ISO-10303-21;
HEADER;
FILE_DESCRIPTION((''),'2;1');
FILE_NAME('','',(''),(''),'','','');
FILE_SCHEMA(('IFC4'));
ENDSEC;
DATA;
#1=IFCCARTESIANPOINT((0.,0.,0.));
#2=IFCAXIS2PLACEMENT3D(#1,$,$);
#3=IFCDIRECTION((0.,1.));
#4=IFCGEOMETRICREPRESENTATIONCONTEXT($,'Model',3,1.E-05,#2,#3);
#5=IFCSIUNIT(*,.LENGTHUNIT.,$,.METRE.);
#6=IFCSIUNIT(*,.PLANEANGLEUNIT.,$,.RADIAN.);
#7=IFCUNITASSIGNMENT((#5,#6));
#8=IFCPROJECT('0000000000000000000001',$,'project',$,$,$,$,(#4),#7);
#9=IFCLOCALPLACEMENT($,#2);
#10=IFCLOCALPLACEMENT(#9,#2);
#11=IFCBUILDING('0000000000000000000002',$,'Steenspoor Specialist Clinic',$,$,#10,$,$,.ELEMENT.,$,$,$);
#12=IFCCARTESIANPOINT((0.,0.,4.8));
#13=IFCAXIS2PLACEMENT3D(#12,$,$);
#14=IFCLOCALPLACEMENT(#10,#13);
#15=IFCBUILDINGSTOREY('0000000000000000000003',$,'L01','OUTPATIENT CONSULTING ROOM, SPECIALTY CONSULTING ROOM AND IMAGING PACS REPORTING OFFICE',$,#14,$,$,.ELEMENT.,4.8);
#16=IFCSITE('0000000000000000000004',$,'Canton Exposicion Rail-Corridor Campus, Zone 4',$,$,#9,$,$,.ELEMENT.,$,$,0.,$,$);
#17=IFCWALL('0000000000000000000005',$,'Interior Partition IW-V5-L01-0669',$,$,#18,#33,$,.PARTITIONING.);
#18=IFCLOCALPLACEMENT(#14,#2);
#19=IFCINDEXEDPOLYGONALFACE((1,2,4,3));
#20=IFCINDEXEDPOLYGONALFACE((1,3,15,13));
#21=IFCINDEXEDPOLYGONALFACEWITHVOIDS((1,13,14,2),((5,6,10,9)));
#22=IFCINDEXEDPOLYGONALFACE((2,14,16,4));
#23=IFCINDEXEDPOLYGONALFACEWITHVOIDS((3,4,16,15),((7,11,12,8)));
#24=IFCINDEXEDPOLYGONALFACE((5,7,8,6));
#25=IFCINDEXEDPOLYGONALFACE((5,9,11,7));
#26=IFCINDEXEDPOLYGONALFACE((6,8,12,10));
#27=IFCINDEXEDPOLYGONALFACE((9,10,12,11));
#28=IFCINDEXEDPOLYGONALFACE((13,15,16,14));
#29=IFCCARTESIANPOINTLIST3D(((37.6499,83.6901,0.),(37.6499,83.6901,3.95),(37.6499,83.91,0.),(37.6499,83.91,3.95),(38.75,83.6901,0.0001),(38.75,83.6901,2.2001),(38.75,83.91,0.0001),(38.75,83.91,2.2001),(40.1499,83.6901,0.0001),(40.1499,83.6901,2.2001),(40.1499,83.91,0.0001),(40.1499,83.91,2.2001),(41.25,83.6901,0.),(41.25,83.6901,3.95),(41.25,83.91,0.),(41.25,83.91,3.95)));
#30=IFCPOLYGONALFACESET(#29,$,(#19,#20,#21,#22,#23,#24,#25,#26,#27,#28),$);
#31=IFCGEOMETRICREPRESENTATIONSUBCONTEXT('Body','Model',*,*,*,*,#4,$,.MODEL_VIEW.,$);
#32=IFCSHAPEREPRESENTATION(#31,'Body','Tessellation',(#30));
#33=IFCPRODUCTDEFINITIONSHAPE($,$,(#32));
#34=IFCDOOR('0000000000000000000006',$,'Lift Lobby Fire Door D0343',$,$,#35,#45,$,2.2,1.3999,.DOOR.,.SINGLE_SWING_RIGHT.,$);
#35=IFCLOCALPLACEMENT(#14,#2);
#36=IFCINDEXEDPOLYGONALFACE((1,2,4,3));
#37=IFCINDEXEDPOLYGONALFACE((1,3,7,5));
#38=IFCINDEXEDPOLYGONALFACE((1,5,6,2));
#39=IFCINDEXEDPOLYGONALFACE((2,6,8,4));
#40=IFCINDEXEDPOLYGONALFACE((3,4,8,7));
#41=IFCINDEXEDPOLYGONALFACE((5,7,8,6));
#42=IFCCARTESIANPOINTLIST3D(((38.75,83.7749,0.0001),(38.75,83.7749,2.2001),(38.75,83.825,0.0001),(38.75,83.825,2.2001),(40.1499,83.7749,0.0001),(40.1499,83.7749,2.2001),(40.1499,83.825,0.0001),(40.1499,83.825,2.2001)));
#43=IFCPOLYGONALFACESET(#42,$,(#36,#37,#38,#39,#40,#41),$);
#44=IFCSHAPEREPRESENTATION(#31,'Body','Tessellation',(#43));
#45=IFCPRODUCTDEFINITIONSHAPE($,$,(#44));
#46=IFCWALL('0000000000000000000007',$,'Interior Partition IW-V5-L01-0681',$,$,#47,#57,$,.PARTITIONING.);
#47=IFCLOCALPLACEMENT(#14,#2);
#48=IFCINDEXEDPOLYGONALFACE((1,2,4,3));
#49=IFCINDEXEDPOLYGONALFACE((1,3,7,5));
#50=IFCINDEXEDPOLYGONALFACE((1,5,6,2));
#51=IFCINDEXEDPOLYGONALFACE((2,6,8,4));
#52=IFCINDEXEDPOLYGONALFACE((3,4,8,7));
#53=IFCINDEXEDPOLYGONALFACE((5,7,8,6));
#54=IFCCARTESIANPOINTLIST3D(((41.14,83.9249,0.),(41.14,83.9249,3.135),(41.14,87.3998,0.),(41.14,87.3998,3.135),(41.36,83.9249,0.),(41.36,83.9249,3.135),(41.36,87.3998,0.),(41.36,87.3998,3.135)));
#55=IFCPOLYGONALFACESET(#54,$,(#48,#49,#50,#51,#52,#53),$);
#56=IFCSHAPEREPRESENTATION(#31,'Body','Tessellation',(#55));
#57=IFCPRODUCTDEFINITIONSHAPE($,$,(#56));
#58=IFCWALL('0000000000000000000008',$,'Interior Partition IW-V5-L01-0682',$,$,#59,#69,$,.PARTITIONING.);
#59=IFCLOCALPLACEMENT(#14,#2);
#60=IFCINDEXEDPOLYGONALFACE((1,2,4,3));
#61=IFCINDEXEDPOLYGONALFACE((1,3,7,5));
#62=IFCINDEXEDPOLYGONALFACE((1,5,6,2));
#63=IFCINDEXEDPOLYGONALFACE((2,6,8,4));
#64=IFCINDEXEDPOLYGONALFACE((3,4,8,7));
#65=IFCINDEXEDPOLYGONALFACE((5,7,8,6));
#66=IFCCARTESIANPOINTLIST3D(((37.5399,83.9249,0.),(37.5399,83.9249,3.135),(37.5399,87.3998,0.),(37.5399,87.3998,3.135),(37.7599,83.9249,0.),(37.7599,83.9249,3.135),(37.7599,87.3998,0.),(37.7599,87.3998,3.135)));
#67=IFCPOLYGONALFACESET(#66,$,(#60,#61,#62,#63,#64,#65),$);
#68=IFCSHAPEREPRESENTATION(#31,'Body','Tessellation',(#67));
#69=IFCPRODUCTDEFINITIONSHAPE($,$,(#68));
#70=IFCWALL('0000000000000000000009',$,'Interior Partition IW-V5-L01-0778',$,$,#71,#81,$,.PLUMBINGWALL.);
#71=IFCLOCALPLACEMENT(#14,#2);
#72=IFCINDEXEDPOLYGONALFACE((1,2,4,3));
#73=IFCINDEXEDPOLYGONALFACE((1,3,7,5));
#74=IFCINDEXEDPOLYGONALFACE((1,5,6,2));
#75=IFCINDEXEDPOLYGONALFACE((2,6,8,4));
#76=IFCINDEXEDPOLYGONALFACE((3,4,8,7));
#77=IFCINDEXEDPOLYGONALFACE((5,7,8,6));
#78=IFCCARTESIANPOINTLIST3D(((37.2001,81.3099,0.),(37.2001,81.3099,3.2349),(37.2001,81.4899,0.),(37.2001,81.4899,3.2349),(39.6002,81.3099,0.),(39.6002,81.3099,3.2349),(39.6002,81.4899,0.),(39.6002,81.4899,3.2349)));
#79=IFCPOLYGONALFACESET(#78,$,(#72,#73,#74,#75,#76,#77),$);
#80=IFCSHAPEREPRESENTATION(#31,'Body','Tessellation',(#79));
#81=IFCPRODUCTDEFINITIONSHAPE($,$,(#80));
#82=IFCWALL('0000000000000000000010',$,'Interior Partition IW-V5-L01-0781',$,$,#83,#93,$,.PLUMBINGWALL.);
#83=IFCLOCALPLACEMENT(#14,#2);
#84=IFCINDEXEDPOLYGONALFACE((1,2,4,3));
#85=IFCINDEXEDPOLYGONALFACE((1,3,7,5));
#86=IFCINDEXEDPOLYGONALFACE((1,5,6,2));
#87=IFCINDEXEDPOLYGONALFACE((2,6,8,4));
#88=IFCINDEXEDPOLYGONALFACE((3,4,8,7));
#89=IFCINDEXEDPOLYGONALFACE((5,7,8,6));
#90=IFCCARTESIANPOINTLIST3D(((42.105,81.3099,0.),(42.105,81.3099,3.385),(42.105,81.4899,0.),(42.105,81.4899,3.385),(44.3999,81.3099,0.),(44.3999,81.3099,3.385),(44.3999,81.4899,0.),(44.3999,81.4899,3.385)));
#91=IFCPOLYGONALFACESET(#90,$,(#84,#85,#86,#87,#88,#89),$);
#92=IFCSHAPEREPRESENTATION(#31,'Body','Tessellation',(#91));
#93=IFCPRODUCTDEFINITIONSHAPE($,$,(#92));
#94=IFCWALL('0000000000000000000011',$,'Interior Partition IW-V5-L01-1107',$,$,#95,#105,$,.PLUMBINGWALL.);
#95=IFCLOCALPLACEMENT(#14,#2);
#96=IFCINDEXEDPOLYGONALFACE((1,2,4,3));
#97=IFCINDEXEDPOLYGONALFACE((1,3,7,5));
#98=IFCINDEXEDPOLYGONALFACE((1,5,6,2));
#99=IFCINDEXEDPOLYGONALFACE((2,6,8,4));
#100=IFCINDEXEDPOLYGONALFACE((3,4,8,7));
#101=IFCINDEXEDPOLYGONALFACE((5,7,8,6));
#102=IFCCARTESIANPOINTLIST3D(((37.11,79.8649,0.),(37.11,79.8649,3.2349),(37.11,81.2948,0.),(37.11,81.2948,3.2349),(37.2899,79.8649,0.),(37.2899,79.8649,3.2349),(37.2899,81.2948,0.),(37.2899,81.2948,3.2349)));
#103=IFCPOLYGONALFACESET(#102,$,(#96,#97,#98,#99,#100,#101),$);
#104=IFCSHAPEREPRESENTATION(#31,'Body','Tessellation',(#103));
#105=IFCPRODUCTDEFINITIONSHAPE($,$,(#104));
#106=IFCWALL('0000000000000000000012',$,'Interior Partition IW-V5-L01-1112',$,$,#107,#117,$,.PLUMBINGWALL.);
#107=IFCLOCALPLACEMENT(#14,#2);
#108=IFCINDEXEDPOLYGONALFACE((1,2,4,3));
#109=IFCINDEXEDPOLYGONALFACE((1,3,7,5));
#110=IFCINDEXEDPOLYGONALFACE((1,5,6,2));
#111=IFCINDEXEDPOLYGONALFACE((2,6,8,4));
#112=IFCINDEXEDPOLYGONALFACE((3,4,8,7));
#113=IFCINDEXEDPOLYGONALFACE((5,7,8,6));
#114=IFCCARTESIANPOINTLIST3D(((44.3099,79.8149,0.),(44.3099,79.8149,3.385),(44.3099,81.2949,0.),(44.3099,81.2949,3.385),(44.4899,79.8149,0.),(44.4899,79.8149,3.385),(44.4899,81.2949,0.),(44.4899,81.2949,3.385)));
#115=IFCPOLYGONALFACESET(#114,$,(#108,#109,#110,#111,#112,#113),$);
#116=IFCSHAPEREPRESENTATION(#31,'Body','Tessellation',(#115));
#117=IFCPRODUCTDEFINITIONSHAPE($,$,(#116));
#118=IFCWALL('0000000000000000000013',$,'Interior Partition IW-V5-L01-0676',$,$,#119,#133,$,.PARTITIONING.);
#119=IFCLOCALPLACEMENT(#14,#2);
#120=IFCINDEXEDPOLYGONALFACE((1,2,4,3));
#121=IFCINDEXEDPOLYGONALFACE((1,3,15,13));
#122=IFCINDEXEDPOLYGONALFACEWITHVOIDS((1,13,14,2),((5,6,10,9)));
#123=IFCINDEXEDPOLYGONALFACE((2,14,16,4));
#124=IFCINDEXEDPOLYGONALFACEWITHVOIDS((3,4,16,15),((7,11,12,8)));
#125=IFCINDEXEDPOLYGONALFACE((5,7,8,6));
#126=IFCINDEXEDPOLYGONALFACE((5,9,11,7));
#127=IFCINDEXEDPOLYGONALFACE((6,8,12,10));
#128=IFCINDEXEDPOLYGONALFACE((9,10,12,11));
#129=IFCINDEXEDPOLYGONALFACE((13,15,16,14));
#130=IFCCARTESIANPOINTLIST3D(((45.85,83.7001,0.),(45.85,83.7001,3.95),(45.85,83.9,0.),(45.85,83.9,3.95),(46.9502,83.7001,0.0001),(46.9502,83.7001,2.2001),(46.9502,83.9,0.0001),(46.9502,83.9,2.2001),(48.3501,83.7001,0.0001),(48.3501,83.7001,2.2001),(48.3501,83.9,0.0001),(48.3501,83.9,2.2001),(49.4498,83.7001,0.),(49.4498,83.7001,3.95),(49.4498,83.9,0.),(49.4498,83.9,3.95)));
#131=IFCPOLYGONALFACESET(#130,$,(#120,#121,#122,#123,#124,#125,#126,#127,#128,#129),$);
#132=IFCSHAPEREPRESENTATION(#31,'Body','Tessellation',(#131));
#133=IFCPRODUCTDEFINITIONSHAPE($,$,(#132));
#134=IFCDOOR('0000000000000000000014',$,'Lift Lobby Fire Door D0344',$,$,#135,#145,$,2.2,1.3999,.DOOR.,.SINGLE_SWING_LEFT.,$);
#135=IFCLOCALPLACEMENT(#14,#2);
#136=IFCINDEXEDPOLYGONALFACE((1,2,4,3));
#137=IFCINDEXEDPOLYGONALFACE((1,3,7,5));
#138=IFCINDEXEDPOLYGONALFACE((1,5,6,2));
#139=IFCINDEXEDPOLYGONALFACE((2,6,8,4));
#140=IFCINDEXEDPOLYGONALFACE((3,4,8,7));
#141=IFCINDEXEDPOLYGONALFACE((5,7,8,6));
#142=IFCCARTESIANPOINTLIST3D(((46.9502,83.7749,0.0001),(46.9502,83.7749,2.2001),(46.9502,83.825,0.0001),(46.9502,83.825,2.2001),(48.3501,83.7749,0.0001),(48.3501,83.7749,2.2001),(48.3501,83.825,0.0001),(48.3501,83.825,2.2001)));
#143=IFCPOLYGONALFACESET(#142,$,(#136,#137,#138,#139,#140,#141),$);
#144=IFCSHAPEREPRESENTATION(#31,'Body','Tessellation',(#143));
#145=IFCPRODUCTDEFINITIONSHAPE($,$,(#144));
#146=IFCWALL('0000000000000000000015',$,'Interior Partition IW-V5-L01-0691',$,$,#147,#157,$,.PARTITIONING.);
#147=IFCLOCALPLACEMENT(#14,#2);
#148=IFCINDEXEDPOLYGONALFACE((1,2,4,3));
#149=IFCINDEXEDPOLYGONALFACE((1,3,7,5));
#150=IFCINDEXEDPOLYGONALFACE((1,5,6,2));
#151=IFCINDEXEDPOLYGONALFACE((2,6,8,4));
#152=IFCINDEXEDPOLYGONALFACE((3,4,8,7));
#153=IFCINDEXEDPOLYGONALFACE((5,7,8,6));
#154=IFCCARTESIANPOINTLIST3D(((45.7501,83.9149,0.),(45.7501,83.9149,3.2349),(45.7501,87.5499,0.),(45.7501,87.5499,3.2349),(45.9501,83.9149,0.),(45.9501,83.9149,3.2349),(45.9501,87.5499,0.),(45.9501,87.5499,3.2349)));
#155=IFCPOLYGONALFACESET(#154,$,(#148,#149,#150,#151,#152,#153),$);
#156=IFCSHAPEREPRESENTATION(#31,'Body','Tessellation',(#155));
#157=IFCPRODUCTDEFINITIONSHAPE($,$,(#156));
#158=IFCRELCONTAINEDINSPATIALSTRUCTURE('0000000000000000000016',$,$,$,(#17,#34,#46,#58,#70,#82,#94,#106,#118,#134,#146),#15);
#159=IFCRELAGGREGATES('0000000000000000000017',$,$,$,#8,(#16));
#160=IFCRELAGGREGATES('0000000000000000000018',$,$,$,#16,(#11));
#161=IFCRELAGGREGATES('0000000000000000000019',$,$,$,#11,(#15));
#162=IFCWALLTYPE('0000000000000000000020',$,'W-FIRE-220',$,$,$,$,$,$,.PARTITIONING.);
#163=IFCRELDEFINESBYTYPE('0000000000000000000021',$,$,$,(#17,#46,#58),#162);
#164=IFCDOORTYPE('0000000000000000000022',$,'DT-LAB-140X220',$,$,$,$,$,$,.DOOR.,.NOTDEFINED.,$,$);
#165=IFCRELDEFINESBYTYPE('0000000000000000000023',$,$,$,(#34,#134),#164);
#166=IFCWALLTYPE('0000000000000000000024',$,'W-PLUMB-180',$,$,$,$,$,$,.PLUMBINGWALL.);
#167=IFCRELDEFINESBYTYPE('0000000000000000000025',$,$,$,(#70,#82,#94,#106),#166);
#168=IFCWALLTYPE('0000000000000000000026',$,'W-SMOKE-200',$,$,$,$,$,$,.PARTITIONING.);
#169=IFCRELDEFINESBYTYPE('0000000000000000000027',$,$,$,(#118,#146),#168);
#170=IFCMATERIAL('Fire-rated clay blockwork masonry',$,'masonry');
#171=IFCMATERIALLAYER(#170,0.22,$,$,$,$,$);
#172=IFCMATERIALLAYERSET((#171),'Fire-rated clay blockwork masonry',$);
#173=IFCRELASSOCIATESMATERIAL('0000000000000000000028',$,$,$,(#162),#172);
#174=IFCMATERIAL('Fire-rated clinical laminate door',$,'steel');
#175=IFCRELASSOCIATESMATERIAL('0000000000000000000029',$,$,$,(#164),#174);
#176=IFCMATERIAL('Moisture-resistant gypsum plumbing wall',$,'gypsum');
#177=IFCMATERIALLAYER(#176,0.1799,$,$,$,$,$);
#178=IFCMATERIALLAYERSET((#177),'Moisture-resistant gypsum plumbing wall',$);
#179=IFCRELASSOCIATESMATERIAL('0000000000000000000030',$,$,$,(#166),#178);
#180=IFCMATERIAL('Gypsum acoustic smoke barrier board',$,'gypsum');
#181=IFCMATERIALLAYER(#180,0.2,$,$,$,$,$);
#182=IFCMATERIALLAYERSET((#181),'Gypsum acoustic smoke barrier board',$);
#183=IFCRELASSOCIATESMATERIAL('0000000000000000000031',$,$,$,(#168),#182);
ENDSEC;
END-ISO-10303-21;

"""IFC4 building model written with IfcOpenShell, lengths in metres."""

from ifc_helpers import new_model, si_unit, direction, frame, frame_2d, origin, place, context, subcontext, project, spatial, rectangle, extrude, material, layer, layer_set, type_object, element, fill, save


model = new_model("IFC4")

# Units and contexts
model_context = context("Model", 3, precision=1e-05, world=origin(), true_north=direction((0.0, 1.0)))
body_context = subcontext(model_context, "Body", "Model", "MODEL_VIEW")
ifc_project = project(units=[si_unit("LENGTHUNIT", "METRE"), si_unit("PLANEANGLEUNIT", "RADIAN")], contexts=[model_context])

# Site, building, storey
site_placement = place(None, origin())
site = spatial("IfcSite", under=ifc_project, at=site_placement, Name="Canton Exposicion Rail-Corridor Campus, Zone 4", CompositionType="ELEMENT", RefElevation=0.0)
building_placement = place(site_placement, origin())
building = spatial("IfcBuilding", under=site, at=building_placement, Name="Steenspoor Specialist Clinic", CompositionType="ELEMENT")
storey_placement = place(building_placement, frame((0.0, 0.0, 4.8)))
storey = spatial("IfcBuildingStorey", under=building, at=storey_placement, Name="L01", Description="OUTPATIENT CONSULTING ROOM, SPECIALTY CONSULTING ROOM AND IMAGING PACS REPORTING OFFICE", CompositionType="ELEMENT", Elevation=4.8)

# Wall, opening, door
ifc_material_1 = material(Name="Fire-rated clay blockwork masonry", Category="masonry")
ifc_layer_1 = layer(ifc_material_1, 0.22)
ifc_layer_set_1 = layer_set([ifc_layer_1], Name="Fire-rated clay blockwork masonry")
wall_type_1 = type_object("IfcWallType", Name="W-FIRE-220", PredefinedType="PARTITIONING", material=ifc_layer_set_1)
wall_1_placement = place(storey_placement, frame((37.6499, 83.8, 0.0), z_axis=(0.0, 0.0, 1.0), x_axis=(1.0, 0.0, 0.0)))
wall_1 = element("IfcWall", 1, at=wall_1_placement, inside=storey, type_object=wall_type_1, Name="Interior Partition IW-V5-L01-0669", PredefinedType="PARTITIONING", context=body_context, shape_type="SweptSolid", body=[
    extrude(rectangle(XDim=3.6001, YDim=0.22, at=frame_2d((1.8, 0.0))), origin(), (0.0, 0.0, 1.0), 3.95),
])
opening_1_placement = place(wall_1_placement, frame((1.1001, 0.0, 0.0)))
opening_1 = element("IfcOpeningElement", 2, at=opening_1_placement, cuts=wall_1, PredefinedType="OPENING", context=body_context, shape_type="SweptSolid", body=[
    extrude(rectangle(XDim=1.3999, YDim=2.2, at=frame_2d((0.7, 1.1001))), frame((0.0, 0.1201, 0.0), z_axis=(0.0, -1.0, 0.0), x_axis=(1.0, 0.0, 0.0)), (0.0, 0.0, 1.0), 0.24),
])
ifc_material_2 = material(Name="Fire-rated clinical laminate door", Category="steel")
door_type_1 = type_object("IfcDoorType", Name="DT-LAB-140X220", OperationType="NOTDEFINED", PredefinedType="DOOR", material=ifc_material_2)
door_1_placement = place(opening_1_placement, origin())
door_1 = element("IfcDoor", 3, at=door_1_placement, inside=storey, type_object=door_type_1, Name="Lift Lobby Fire Door D0343", OperationType="SINGLE_SWING_RIGHT", OverallHeight=2.2, OverallWidth=1.3999, PredefinedType="DOOR", context=body_context, shape_type="SweptSolid", body=[
    extrude(rectangle(XDim=1.3999, YDim=2.2, at=frame_2d((0.7, 1.1001))), frame((0.0, 0.0249, 0.0), z_axis=(0.0, -1.0, 0.0), x_axis=(1.0, 0.0, 0.0)), (0.0, 0.0, 1.0), 0.05),
])
fill(opening_1, door_1)

# Walls
for number, where, z_axis, x_axis, name in (
    (4, (41.25, 83.925, 0.0), (0.0, 0.0, 1.0), (0.0, 1.0, 0.0), "Interior Partition IW-V5-L01-0681"),
    (5, (37.6499, 83.925, 0.0), (0.0, 0.0, 1.0), (0.0, 1.0, 0.0), "Interior Partition IW-V5-L01-0682"),
):
    element("IfcWall", number, at=place(storey_placement, frame(where, z_axis=z_axis, x_axis=x_axis)), inside=storey, type_object=wall_type_1, Name=name, PredefinedType="PARTITIONING", context=body_context, shape_type="SweptSolid", body=[
        extrude(rectangle(XDim=3.4749, YDim=0.22, at=frame_2d((1.7373, 0.0))), origin(), (0.0, 0.0, 1.0), 3.135),
    ])
ifc_material_3 = material(Name="Moisture-resistant gypsum plumbing wall", Category="gypsum")
ifc_layer_2 = layer(ifc_material_3, 0.1799)
ifc_layer_set_2 = layer_set([ifc_layer_2], Name="Moisture-resistant gypsum plumbing wall")
wall_type_2 = type_object("IfcWallType", Name="W-PLUMB-180", PredefinedType="PLUMBINGWALL", material=ifc_layer_set_2)
wall_2_placement = place(storey_placement, frame((37.2, 81.3999, 0.0), z_axis=(0.0, 0.0, 1.0), x_axis=(1.0, 0.0, 0.0)))
element("IfcWall", 6, at=wall_2_placement, inside=storey, type_object=wall_type_2, Name="Interior Partition IW-V5-L01-0778", PredefinedType="PLUMBINGWALL", context=body_context, shape_type="SweptSolid", body=[
    extrude(rectangle(XDim=2.4001, YDim=0.1799, at=frame_2d((1.2002, 0.0))), origin(), (0.0, 0.0, 1.0), 3.2349),
])
wall_3_placement = place(storey_placement, frame((42.105, 81.3999, 0.0), z_axis=(0.0, 0.0, 1.0), x_axis=(1.0, 0.0, 0.0)))
element("IfcWall", 7, at=wall_3_placement, inside=storey, type_object=wall_type_2, Name="Interior Partition IW-V5-L01-0781", PredefinedType="PLUMBINGWALL", context=body_context, shape_type="SweptSolid", body=[
    extrude(rectangle(XDim=2.2949, YDim=0.1799, at=frame_2d((1.1475, 0.0))), origin(), (0.0, 0.0, 1.0), 3.385),
])
wall_4_placement = place(storey_placement, frame((37.2, 79.865, 0.0), z_axis=(0.0, 0.0, 1.0), x_axis=(0.0, 1.0, 0.0)))
element("IfcWall", 8, at=wall_4_placement, inside=storey, type_object=wall_type_2, Name="Interior Partition IW-V5-L01-1107", PredefinedType="PLUMBINGWALL", context=body_context, shape_type="SweptSolid", body=[
    extrude(rectangle(XDim=1.4299, YDim=0.1799, at=frame_2d((0.7148, 0.0))), origin(), (0.0, 0.0, 1.0), 3.2349),
])
wall_5_placement = place(storey_placement, frame((44.3999, 79.8149, 0.0), z_axis=(0.0, 0.0, 1.0), x_axis=(0.0, 1.0, 0.0)))
element("IfcWall", 9, at=wall_5_placement, inside=storey, type_object=wall_type_2, Name="Interior Partition IW-V5-L01-1112", PredefinedType="PLUMBINGWALL", context=body_context, shape_type="SweptSolid", body=[
    extrude(rectangle(XDim=1.48, YDim=0.1799, at=frame_2d((0.74, 0.0))), origin(), (0.0, 0.0, 1.0), 3.385),
])

# Wall, opening, door
ifc_material_4 = material(Name="Gypsum acoustic smoke barrier board", Category="gypsum")
ifc_layer_3 = layer(ifc_material_4, 0.2)
ifc_layer_set_3 = layer_set([ifc_layer_3], Name="Gypsum acoustic smoke barrier board")
wall_type_3 = type_object("IfcWallType", Name="W-SMOKE-200", PredefinedType="PARTITIONING", material=ifc_layer_set_3)
wall_6_placement = place(storey_placement, frame((45.8501, 83.8, 0.0), z_axis=(0.0, 0.0, 1.0), x_axis=(1.0, 0.0, 0.0)))
wall_6 = element("IfcWall", 10, at=wall_6_placement, inside=storey, type_object=wall_type_3, Name="Interior Partition IW-V5-L01-0676", PredefinedType="PARTITIONING", context=body_context, shape_type="SweptSolid", body=[
    extrude(rectangle(XDim=3.5999, YDim=0.2, at=frame_2d((1.7998, 0.0))), origin(), (0.0, 0.0, 1.0), 3.95),
])
opening_2_placement = place(wall_6_placement, frame((1.1001, 0.0, 0.0)))
opening_2 = element("IfcOpeningElement", 11, at=opening_2_placement, cuts=wall_6, PredefinedType="OPENING", context=body_context, shape_type="SweptSolid", body=[
    extrude(rectangle(XDim=1.3999, YDim=2.2, at=frame_2d((0.7, 1.1001))), frame((0.0, 0.1099, 0.0), z_axis=(0.0, -1.0, 0.0), x_axis=(1.0, 0.0, 0.0)), (0.0, 0.0, 1.0), 0.22),
])
door_2_placement = place(opening_2_placement, origin())
door_2 = element("IfcDoor", 12, at=door_2_placement, inside=storey, type_object=door_type_1, Name="Lift Lobby Fire Door D0344", OperationType="SINGLE_SWING_LEFT", OverallHeight=2.2, OverallWidth=1.3999, PredefinedType="DOOR", context=body_context, shape_type="SweptSolid", body=[
    extrude(rectangle(XDim=1.3999, YDim=2.2, at=frame_2d((0.7, 1.1001))), frame((0.0, 0.0249, 0.0), z_axis=(0.0, -1.0, 0.0), x_axis=(1.0, 0.0, 0.0)), (0.0, 0.0, 1.0), 0.05),
])
fill(opening_2, door_2)

# Wall
wall_7_placement = place(storey_placement, frame((45.8501, 83.915, 0.0), z_axis=(0.0, 0.0, 1.0), x_axis=(0.0, 1.0, 0.0)))
element("IfcWall", 13, at=wall_7_placement, inside=storey, type_object=wall_type_3, Name="Interior Partition IW-V5-L01-0691", PredefinedType="PARTITIONING", context=body_context, shape_type="SweptSolid", body=[
    extrude(rectangle(XDim=3.635, YDim=0.2, at=frame_2d((1.8174, 0.0))), origin(), (0.0, 0.0, 1.0), 3.2349),
])

save(model, "model.ifc")
